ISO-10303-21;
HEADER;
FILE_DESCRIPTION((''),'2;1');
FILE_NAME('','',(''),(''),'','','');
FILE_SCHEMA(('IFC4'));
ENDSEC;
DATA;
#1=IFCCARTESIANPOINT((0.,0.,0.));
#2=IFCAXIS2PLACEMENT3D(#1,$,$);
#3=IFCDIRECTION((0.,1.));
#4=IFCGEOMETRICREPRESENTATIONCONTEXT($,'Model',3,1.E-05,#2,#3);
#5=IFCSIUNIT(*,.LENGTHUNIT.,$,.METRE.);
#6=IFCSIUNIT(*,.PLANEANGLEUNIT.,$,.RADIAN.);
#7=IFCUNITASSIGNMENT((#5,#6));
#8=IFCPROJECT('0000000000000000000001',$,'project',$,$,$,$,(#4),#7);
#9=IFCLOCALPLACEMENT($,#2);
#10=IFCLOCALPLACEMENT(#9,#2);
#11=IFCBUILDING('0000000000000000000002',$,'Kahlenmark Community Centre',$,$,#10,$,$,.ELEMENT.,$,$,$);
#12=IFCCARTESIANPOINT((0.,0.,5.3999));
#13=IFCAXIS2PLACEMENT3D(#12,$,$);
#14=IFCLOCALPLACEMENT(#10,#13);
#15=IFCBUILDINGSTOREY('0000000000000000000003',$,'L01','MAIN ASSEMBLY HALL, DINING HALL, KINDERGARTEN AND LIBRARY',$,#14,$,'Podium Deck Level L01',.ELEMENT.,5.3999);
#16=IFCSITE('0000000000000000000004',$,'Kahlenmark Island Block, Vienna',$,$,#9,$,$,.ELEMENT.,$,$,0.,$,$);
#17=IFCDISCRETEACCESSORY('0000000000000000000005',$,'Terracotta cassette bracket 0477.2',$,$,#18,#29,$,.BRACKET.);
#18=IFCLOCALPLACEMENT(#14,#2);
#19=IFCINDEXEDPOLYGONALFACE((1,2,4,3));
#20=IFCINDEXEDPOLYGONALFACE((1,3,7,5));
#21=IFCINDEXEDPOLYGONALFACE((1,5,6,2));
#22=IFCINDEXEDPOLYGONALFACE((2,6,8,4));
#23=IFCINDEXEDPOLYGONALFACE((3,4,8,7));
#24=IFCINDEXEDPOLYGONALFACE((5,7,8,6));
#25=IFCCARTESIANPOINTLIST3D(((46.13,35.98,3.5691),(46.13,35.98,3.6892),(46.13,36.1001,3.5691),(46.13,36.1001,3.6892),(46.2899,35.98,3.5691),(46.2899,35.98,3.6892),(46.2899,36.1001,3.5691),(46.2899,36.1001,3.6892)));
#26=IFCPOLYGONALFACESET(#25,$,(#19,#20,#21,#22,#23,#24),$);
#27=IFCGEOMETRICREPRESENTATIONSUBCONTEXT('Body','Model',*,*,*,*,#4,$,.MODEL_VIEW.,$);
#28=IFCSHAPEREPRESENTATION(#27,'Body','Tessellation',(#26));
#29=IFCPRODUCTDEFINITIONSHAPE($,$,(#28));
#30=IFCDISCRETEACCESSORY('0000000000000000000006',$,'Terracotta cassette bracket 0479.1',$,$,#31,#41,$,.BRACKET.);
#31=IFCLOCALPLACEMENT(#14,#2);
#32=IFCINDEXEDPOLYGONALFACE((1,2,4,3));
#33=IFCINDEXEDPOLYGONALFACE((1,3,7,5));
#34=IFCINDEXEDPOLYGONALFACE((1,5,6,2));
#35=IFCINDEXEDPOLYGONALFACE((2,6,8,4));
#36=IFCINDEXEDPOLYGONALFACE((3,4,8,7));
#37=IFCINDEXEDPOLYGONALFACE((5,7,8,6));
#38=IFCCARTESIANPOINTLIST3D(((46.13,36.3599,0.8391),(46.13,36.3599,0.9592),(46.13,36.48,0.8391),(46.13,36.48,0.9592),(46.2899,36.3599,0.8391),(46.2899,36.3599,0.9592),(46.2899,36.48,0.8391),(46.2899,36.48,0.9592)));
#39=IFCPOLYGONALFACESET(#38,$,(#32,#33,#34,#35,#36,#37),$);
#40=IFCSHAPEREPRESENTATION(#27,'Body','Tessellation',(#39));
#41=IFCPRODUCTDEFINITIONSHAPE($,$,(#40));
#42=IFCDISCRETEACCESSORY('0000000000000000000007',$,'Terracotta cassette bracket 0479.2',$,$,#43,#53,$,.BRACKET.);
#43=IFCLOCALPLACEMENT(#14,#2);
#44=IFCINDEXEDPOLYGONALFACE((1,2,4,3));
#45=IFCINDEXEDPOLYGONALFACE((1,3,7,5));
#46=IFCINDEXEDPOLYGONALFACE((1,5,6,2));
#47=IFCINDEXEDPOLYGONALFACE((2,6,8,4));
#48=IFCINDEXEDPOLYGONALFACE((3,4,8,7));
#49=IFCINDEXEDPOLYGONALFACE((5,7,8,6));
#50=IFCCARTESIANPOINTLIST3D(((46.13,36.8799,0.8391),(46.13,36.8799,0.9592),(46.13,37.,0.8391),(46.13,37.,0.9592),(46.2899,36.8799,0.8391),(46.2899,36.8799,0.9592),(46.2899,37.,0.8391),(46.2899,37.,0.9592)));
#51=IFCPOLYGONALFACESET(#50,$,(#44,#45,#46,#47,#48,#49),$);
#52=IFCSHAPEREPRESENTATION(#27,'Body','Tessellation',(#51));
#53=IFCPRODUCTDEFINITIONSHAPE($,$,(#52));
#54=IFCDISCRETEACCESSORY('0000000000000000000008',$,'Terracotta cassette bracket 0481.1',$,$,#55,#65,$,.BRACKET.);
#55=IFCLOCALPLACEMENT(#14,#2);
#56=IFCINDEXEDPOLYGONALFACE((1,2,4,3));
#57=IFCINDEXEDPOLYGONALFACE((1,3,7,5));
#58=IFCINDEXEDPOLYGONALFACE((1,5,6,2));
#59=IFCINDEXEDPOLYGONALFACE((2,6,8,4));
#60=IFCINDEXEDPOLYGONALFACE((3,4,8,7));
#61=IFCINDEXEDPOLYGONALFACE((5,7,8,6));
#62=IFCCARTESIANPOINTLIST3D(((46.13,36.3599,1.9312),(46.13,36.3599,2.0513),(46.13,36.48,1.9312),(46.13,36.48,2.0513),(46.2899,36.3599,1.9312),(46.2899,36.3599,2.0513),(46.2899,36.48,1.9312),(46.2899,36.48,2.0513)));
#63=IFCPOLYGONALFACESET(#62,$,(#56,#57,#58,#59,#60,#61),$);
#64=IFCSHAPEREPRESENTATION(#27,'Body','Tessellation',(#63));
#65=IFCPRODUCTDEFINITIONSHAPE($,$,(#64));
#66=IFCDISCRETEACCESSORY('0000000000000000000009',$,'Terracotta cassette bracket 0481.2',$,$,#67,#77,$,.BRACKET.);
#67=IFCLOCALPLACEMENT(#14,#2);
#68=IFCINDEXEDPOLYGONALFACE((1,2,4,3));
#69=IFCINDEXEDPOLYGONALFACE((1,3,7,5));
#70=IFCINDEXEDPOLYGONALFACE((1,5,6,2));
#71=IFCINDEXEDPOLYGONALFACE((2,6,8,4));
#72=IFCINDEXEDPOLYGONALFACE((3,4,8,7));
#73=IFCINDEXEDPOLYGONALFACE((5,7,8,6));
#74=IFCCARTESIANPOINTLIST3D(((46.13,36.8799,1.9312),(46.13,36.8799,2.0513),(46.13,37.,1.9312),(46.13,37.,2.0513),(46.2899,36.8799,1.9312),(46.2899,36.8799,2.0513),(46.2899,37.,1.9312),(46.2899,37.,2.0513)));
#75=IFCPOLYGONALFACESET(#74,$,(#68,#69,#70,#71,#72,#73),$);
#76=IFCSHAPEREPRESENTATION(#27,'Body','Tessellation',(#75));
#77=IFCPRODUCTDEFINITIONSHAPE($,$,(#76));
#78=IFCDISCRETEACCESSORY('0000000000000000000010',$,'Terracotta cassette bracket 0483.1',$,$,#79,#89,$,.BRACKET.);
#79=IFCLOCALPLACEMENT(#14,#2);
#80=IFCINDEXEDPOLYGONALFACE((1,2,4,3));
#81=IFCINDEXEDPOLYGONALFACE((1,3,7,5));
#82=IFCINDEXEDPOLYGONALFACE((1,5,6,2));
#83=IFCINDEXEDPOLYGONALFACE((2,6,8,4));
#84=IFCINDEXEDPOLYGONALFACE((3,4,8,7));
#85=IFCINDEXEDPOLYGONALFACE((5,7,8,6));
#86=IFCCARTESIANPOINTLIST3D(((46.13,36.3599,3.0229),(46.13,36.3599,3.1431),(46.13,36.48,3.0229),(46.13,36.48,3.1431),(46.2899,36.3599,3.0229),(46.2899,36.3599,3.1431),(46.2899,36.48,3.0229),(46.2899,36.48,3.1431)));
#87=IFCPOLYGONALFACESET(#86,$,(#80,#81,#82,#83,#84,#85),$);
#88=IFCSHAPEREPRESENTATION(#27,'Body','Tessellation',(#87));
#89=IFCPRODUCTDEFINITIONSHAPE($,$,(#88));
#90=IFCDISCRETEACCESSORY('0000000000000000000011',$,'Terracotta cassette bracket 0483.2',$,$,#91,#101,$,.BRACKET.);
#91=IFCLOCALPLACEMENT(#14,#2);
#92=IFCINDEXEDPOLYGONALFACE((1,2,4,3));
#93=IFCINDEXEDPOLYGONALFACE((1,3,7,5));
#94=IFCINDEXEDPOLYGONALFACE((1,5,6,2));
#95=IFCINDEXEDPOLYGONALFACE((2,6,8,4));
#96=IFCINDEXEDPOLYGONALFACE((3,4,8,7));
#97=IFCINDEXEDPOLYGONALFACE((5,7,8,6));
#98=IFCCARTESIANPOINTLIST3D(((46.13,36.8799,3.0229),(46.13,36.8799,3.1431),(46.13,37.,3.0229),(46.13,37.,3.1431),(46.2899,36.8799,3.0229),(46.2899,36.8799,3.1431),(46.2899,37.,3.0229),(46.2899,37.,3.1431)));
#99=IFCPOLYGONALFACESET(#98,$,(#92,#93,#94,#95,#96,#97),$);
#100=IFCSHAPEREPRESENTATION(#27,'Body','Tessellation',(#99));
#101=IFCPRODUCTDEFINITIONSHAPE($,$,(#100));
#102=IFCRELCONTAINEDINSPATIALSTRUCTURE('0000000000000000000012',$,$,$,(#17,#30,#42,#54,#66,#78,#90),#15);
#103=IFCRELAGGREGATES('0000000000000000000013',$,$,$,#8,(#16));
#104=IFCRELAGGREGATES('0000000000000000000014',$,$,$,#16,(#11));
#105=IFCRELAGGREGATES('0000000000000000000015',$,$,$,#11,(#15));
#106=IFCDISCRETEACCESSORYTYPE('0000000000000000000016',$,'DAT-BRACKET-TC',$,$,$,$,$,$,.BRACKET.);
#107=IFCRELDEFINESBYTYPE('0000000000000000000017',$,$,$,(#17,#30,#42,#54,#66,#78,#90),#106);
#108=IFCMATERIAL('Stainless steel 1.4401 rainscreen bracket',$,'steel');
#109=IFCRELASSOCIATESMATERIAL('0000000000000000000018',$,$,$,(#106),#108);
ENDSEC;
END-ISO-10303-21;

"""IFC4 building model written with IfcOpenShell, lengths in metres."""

from ifc_helpers import new_model, si_unit, direction, frame, origin, origin_2d, place, context, subcontext, project, spatial, rectangle, extrude, material, type_object, element, save


model = new_model("IFC4")

# Units and contexts
model_context = context("Model", 3, precision=1e-05, world=origin(), true_north=direction((0.0, 1.0)))
body_context = subcontext(model_context, "Body", "Model", "MODEL_VIEW")
ifc_project = project(units=[si_unit("LENGTHUNIT", "METRE"), si_unit("PLANEANGLEUNIT", "RADIAN")], contexts=[model_context])

# Site, building, storey
site_placement = place(None, origin())
site = spatial("IfcSite", under=ifc_project, at=site_placement, Name="Kahlenmark Island Block, Vienna", CompositionType="ELEMENT", RefElevation=0.0)
building_placement = place(site_placement, origin())
building = spatial("IfcBuilding", under=site, at=building_placement, Name="Kahlenmark Community Centre", CompositionType="ELEMENT")
storey_placement = place(building_placement, frame((0.0, 0.0, 5.3999)))
storey = spatial("IfcBuildingStorey", under=building, at=storey_placement, Name="L01", Description="MAIN ASSEMBLY HALL, DINING HALL, KINDERGARTEN AND LIBRARY", LongName="Podium Deck Level L01", CompositionType="ELEMENT", Elevation=5.3999)

# Discrete accessories
ifc_material_1 = material(Name="Stainless steel 1.4401 rainscreen bracket", Category="steel")
discrete_accessory_type = type_object("IfcDiscreteAccessoryType", Name="DAT-BRACKET-TC", PredefinedType="BRACKET", material=ifc_material_1)
for number, where, z_axis, x_axis, name in (
    (1, (46.21, 36.04, 3.5691), (0.0, 0.0, 1.0), (0.0, 1.0, 0.0), "Terracotta cassette bracket 0477.2"),
    (2, (46.21, 36.4199, 0.8391), (0.0, 0.0, 1.0), (0.0, 1.0, 0.0), "Terracotta cassette bracket 0479.1"),
    (3, (46.21, 36.9399, 0.8391), (0.0, 0.0, 1.0), (0.0, 1.0, 0.0), "Terracotta cassette bracket 0479.2"),
    (4, (46.21, 36.4199, 1.9312), (0.0, 0.0, 1.0), (0.0, 1.0, 0.0), "Terracotta cassette bracket 0481.1"),
    (5, (46.21, 36.9399, 1.9312), (0.0, 0.0, 1.0), (0.0, 1.0, 0.0), "Terracotta cassette bracket 0481.2"),
    (6, (46.21, 36.4199, 3.0229), (0.0, 0.0, 1.0), (0.0, 1.0, 0.0), "Terracotta cassette bracket 0483.1"),
    (7, (46.21, 36.9399, 3.0229), (0.0, 0.0, 1.0), (0.0, 1.0, 0.0), "Terracotta cassette bracket 0483.2"),
):
    element("IfcDiscreteAccessory", number, at=place(storey_placement, frame(where, z_axis=z_axis, x_axis=x_axis)), inside=storey, type_object=discrete_accessory_type, Name=name, PredefinedType="BRACKET", context=body_context, shape_type="SweptSolid", body=[
        extrude(rectangle(XDim=0.1201, YDim=0.1599, at=origin_2d()), origin(), (0.0, 0.0, 1.0), 0.1201),
    ])

save(model, "model.ifc")
